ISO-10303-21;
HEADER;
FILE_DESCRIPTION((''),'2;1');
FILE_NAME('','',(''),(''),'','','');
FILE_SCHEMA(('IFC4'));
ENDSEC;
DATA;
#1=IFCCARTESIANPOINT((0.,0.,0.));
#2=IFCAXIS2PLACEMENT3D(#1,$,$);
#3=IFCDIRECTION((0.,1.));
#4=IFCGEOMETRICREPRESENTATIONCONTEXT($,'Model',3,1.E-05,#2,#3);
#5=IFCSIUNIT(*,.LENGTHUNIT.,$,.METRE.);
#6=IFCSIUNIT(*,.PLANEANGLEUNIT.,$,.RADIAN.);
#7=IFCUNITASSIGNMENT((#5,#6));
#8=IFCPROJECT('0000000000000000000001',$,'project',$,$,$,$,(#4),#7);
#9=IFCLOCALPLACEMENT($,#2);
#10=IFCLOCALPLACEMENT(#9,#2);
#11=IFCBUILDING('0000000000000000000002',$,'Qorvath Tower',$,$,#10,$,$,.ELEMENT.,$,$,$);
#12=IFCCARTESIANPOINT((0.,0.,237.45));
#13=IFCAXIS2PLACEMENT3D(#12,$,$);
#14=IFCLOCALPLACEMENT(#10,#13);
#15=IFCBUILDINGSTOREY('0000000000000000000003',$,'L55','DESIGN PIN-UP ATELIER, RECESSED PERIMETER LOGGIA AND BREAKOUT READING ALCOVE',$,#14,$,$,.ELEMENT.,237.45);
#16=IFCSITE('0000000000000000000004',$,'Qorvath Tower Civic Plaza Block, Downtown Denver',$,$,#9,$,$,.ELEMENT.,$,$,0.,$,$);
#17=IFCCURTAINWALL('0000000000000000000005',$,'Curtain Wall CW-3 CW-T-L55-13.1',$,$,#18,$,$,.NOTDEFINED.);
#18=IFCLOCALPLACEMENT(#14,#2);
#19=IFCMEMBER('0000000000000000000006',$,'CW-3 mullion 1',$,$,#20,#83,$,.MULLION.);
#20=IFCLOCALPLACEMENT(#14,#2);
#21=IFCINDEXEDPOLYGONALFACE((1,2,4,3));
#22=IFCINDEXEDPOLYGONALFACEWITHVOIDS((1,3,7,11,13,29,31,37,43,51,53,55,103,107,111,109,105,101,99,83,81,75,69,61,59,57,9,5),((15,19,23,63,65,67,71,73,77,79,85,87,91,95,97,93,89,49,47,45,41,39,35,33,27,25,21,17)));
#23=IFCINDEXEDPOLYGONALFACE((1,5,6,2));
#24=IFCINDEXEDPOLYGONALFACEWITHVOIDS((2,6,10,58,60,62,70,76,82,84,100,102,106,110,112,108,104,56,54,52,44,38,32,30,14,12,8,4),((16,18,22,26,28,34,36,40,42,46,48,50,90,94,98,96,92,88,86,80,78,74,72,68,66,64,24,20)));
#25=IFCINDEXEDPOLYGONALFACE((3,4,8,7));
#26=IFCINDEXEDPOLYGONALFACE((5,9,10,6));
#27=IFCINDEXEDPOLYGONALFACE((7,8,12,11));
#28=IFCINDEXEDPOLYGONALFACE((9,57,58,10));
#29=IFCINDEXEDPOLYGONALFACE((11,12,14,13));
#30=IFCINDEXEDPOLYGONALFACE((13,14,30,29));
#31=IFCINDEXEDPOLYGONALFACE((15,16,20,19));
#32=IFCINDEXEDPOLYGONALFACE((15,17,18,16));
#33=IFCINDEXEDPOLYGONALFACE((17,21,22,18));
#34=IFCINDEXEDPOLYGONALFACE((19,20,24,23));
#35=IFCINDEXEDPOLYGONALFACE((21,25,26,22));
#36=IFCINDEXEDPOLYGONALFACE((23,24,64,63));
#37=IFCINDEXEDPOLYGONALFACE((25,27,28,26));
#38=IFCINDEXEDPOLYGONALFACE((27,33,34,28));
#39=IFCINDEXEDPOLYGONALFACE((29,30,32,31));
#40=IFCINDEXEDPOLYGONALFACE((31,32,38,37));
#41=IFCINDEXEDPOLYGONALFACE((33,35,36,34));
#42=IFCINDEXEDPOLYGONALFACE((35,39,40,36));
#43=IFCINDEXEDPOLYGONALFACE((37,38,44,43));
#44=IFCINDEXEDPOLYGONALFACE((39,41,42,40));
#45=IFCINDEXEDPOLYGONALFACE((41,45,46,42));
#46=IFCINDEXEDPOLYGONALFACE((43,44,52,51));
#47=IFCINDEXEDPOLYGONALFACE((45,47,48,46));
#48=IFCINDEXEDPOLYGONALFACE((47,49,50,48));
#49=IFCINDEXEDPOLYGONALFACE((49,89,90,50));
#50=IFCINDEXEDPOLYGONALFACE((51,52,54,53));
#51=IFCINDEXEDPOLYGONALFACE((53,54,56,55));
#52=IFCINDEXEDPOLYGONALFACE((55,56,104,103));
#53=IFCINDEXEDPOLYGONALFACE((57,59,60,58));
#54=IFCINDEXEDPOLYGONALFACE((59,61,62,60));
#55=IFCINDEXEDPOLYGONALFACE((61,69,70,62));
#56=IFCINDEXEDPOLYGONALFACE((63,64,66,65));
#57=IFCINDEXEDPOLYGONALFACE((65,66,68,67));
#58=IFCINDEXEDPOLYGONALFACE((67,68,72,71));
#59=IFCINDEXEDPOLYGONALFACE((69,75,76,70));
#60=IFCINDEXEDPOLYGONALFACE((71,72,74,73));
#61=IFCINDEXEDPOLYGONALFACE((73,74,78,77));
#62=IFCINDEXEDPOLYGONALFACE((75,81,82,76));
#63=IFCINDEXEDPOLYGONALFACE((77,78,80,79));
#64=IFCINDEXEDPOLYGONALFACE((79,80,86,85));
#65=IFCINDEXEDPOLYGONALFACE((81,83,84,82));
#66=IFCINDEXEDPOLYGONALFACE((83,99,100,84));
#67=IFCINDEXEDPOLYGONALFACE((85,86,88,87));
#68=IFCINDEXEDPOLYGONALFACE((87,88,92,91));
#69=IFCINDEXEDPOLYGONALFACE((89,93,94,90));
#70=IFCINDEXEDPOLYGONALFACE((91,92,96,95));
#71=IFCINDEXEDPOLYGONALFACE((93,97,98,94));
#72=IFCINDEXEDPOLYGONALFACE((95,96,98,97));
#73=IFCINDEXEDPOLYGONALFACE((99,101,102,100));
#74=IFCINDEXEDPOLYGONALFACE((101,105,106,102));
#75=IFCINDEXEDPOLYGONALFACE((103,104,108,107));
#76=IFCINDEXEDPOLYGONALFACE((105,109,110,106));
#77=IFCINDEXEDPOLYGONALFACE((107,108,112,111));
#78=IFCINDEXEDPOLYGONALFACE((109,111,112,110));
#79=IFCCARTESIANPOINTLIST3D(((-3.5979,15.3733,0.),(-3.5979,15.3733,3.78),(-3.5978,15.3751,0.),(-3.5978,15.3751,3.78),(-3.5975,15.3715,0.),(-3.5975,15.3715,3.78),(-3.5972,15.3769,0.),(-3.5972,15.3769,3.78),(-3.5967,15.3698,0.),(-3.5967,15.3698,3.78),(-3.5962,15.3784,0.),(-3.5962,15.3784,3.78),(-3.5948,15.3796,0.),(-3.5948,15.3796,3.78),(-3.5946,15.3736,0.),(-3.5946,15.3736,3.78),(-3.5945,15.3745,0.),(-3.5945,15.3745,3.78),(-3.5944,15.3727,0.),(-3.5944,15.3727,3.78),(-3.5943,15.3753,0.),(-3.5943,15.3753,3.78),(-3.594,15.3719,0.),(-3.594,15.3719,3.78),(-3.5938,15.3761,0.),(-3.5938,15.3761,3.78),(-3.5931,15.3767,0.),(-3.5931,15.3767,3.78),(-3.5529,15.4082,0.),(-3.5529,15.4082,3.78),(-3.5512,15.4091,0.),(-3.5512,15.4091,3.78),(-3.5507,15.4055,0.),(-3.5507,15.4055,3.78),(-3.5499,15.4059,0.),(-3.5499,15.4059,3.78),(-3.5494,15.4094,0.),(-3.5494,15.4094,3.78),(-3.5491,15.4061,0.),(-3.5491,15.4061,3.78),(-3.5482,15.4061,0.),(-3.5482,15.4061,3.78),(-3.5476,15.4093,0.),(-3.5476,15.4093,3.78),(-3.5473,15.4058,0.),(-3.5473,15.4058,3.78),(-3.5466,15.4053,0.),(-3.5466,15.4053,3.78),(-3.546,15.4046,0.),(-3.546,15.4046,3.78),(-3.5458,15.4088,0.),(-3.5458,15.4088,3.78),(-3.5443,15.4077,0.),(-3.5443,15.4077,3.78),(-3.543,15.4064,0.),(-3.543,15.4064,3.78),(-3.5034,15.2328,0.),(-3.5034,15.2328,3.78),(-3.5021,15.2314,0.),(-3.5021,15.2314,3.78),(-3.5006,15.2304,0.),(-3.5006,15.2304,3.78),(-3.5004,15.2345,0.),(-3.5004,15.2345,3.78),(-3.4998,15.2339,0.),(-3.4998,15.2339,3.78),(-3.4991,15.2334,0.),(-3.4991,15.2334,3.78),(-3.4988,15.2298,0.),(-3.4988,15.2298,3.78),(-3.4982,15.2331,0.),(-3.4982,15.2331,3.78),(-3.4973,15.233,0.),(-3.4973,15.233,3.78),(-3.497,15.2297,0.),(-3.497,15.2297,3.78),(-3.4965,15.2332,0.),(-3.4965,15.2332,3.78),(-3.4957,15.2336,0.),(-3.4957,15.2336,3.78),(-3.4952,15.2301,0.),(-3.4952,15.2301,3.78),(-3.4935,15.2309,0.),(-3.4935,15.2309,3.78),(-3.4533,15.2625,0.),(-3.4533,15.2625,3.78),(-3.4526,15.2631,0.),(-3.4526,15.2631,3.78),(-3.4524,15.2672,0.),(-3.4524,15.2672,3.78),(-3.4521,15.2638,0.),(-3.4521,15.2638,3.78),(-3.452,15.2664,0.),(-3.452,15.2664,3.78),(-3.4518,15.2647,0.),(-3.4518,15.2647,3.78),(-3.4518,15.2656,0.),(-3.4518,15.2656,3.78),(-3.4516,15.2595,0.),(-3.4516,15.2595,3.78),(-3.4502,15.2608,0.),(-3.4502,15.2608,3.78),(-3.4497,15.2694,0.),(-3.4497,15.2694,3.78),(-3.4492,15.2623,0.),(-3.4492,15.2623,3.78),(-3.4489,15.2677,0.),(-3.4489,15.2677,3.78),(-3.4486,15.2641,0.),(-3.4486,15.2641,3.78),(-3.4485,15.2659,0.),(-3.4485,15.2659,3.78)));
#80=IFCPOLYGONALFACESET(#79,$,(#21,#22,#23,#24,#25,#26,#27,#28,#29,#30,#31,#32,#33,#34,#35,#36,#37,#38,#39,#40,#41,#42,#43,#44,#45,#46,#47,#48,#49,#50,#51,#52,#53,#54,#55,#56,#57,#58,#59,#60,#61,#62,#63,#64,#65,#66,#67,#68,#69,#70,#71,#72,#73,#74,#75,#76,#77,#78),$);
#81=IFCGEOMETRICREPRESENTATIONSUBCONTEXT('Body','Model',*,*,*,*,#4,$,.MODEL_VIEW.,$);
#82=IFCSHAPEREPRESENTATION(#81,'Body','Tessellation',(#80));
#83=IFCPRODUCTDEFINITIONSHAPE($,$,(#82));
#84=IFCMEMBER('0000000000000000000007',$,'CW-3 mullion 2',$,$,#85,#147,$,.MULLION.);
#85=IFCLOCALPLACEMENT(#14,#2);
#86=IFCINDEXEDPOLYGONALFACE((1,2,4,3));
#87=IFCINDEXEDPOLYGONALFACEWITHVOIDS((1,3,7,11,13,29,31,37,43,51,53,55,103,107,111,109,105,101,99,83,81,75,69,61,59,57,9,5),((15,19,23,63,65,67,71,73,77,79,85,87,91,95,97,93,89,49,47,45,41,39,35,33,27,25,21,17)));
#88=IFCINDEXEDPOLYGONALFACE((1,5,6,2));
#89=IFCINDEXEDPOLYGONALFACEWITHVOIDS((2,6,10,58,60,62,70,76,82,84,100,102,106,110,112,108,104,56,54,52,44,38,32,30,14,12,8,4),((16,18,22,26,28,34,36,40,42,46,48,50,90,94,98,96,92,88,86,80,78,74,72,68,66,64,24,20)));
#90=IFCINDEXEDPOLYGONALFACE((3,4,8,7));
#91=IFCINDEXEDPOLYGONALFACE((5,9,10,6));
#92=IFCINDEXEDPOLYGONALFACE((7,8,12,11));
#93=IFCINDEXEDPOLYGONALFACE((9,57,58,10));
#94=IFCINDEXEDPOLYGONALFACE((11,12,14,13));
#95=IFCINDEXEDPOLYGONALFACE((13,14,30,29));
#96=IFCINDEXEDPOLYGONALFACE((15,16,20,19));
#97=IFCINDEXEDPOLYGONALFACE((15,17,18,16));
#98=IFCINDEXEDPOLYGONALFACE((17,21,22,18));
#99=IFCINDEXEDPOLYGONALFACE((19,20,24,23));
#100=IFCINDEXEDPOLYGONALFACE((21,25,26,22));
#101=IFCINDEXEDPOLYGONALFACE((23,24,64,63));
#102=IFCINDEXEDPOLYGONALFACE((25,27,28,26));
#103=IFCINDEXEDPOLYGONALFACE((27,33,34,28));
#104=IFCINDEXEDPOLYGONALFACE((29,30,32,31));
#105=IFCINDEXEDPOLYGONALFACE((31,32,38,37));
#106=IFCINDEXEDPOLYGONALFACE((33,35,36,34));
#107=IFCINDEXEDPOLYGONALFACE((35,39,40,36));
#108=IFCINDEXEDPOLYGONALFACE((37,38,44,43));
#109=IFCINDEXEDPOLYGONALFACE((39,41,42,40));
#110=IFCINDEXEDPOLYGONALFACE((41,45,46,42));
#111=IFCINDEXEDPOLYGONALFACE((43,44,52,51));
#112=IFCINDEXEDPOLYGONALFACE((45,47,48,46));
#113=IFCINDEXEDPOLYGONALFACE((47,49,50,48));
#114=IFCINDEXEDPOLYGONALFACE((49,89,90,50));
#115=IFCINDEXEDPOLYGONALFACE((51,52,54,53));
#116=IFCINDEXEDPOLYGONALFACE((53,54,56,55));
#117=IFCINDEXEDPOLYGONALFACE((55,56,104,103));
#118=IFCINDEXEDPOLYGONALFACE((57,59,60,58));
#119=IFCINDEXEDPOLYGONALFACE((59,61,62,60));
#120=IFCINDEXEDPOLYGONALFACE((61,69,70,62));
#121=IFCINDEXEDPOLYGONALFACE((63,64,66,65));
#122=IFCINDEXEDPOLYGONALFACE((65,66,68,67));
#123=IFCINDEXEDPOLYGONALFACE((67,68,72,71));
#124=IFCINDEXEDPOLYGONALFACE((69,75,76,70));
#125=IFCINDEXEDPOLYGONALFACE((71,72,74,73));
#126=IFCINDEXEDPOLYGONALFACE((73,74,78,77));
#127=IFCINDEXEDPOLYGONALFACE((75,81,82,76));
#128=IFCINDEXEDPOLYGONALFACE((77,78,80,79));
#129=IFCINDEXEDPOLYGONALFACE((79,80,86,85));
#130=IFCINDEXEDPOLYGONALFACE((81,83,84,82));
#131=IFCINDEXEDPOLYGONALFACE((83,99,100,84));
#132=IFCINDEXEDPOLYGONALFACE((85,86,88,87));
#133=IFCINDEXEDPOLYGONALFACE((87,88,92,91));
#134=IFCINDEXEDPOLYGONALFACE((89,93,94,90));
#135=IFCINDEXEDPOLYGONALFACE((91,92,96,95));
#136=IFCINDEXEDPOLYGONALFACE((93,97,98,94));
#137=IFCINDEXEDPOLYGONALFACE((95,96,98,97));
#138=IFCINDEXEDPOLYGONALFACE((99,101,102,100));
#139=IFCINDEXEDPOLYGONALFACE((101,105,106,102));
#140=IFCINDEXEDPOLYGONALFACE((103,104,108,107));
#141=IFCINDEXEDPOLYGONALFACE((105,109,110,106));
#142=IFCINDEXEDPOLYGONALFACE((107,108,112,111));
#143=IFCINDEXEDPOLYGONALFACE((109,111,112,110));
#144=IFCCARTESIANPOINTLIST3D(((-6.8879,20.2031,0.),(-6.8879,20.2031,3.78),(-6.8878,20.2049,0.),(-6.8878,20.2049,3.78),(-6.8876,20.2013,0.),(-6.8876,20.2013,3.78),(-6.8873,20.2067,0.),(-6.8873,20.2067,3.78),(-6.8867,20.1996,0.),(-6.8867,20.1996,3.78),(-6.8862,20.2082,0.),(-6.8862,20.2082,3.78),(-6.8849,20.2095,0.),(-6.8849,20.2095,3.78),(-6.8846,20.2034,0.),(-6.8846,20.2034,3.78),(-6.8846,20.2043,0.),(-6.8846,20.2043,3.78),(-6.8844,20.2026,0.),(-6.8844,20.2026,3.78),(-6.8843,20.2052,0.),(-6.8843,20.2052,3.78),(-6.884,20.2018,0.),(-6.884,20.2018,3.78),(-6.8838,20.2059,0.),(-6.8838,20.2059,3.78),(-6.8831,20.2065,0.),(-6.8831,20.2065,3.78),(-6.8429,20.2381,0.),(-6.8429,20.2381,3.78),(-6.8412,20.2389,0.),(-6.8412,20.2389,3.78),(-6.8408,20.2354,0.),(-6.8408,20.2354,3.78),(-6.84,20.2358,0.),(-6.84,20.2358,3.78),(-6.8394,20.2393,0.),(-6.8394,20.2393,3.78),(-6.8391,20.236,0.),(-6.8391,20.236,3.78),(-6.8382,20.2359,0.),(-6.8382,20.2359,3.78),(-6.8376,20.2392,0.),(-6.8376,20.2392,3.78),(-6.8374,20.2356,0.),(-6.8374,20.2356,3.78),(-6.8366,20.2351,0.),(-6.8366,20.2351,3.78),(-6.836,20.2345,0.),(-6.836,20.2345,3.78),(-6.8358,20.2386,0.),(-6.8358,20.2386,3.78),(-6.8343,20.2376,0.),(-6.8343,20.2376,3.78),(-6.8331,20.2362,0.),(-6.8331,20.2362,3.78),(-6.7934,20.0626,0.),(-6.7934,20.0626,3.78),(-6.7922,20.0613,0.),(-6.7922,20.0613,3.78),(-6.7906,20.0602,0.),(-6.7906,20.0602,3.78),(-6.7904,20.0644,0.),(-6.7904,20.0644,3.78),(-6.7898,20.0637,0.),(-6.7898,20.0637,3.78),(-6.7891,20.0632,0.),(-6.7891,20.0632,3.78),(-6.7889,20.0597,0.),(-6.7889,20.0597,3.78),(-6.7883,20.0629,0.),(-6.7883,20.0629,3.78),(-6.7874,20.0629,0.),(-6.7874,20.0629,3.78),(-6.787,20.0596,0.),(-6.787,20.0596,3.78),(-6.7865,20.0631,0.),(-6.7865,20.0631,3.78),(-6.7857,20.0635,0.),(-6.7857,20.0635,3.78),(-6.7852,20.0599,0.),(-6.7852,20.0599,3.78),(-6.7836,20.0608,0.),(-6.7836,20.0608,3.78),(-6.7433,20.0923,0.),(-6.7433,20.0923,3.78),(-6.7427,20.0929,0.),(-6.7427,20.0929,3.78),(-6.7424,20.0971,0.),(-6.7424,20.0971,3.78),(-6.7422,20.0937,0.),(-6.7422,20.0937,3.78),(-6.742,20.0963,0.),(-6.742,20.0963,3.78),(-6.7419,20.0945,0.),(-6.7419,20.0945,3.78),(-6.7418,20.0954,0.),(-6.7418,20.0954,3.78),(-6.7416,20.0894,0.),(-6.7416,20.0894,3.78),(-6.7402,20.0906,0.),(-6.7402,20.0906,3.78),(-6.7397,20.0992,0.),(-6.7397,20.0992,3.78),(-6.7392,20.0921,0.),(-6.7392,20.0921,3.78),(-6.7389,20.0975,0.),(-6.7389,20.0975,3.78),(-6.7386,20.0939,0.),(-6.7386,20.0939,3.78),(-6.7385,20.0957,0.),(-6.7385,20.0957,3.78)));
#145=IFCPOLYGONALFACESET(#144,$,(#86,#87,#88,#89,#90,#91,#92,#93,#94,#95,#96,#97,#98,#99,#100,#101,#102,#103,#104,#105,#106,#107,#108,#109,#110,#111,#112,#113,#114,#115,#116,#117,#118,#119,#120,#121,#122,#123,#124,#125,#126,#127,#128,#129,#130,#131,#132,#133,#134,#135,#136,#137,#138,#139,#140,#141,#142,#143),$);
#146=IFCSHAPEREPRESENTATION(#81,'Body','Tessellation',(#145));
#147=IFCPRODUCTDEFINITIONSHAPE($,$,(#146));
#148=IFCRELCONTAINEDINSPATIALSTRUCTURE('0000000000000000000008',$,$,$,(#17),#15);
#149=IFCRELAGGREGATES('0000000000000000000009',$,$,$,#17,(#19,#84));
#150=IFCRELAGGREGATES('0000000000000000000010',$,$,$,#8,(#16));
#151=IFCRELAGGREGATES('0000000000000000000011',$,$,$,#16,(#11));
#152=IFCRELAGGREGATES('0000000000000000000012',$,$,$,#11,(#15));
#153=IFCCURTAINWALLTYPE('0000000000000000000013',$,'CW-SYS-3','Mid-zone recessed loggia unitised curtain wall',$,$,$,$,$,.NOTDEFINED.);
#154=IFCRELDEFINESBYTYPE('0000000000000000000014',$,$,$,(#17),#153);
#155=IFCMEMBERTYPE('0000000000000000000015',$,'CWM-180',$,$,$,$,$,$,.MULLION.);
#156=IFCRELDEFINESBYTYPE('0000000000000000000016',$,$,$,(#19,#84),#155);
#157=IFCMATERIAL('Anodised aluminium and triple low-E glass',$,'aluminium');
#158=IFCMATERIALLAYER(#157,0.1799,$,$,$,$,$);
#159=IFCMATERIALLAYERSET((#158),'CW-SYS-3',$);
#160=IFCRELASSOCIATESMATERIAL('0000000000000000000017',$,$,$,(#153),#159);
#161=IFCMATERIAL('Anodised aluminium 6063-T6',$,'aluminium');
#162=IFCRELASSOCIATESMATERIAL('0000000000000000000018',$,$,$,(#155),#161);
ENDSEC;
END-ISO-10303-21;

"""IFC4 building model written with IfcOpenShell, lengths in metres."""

from ifc_helpers import new_model, si_unit, direction, frame, origin, origin_2d, place, context, subcontext, project, spatial, hollow_rectangle, extrude, material, layer, layer_set, material_profile, profile_set, type_object, element, aggregate, save


model = new_model("IFC4")

# Units and contexts
model_context = context("Model", 3, precision=1e-05, world=origin(), true_north=direction((0.0, 1.0)))
body_context = subcontext(model_context, "Body", "Model", "MODEL_VIEW")
ifc_project = project(units=[si_unit("LENGTHUNIT", "METRE"), si_unit("PLANEANGLEUNIT", "RADIAN")], contexts=[model_context])

# Site, building, storey
site_placement = place(None, origin())
site = spatial("IfcSite", under=ifc_project, at=site_placement, Name="Qorvath Tower Civic Plaza Block, Downtown Denver", CompositionType="ELEMENT", RefElevation=0.0)
building_placement = place(site_placement, origin())
building = spatial("IfcBuilding", under=site, at=building_placement, Name="Qorvath Tower", CompositionType="ELEMENT")
storey_placement = place(building_placement, frame((0.0, 0.0, 237.45)))
storey = spatial("IfcBuildingStorey", under=building, at=storey_placement, Name="L55", Description="DESIGN PIN-UP ATELIER, RECESSED PERIMETER LOGGIA AND BREAKOUT READING ALCOVE", CompositionType="ELEMENT", Elevation=237.45)

# Shared definitions
ifc_material_1 = material(Name="Anodised aluminium and triple low-E glass", Category="aluminium")
ifc_layer_1 = layer(ifc_material_1, 0.1799)
ifc_layer_set_1 = layer_set([ifc_layer_1], Name="CW-SYS-3")
curtain_wall_type = type_object("IfcCurtainWallType", Name="CW-SYS-3", Description="Mid-zone recessed loggia unitised curtain wall", PredefinedType="NOTDEFINED", material=ifc_layer_set_1)
ifc_material_2 = material(Name="Anodised aluminium 6063-T6", Category="aluminium")
ifc_material_profile_1 = material_profile(ifc_material_2, hollow_rectangle(XDim=0.0649, YDim=0.1799, WallThickness=0.0034, InnerFilletRadius=0.0034, OuterFilletRadius=0.0071, at=origin_2d()), Name="CWM 180x65")
ifc_profile_set_1 = profile_set([ifc_material_profile_1], Name="Anodised aluminium 6063-T6")
member_type_1 = type_object("IfcMemberType", Name="CWM-180", PredefinedType="MULLION", material=ifc_profile_set_1)

# Curtain wall, members
curtain_wall_1_placement = place(storey_placement, origin())
curtain_wall_1 = element("IfcCurtainWall", 1, at=curtain_wall_1_placement, inside=storey, type_object=curtain_wall_type, Name="Curtain Wall CW-3 CW-T-L55-13.1", PredefinedType="NOTDEFINED")
member_1_placement = place(storey_placement, frame((-3.5232, 15.3196, 0.0), z_axis=(0.0, 0.0, 1.0), x_axis=(-0.826474, -0.562975, 0.0)))
member_1 = element("IfcMember", 2, at=member_1_placement, type_object=member_type_1, Name="CW-3 mullion 1", PredefinedType="MULLION", context=body_context, shape_type="SweptSolid", body=[
    extrude(hollow_rectangle(XDim=0.0649, YDim=0.1799, WallThickness=0.0034, InnerFilletRadius=0.0034, OuterFilletRadius=0.0071, at=origin_2d()), origin(), (0.0, 0.0, 1.0), 3.78),
])
member_2_placement = place(storey_placement, frame((-6.8132, 20.1494, 0.0), z_axis=(0.0, 0.0, 1.0), x_axis=(-0.826474, -0.562975, 0.0)))
member_2 = element("IfcMember", 3, at=member_2_placement, type_object=member_type_1, Name="CW-3 mullion 2", PredefinedType="MULLION", context=body_context, shape_type="SweptSolid", body=[
    extrude(hollow_rectangle(XDim=0.0649, YDim=0.1799, WallThickness=0.0034, InnerFilletRadius=0.0034, OuterFilletRadius=0.0071, at=origin_2d()), origin(), (0.0, 0.0, 1.0), 3.78),
])

aggregate(curtain_wall_1, [member_1, member_2])

save(model, "model.ifc")
